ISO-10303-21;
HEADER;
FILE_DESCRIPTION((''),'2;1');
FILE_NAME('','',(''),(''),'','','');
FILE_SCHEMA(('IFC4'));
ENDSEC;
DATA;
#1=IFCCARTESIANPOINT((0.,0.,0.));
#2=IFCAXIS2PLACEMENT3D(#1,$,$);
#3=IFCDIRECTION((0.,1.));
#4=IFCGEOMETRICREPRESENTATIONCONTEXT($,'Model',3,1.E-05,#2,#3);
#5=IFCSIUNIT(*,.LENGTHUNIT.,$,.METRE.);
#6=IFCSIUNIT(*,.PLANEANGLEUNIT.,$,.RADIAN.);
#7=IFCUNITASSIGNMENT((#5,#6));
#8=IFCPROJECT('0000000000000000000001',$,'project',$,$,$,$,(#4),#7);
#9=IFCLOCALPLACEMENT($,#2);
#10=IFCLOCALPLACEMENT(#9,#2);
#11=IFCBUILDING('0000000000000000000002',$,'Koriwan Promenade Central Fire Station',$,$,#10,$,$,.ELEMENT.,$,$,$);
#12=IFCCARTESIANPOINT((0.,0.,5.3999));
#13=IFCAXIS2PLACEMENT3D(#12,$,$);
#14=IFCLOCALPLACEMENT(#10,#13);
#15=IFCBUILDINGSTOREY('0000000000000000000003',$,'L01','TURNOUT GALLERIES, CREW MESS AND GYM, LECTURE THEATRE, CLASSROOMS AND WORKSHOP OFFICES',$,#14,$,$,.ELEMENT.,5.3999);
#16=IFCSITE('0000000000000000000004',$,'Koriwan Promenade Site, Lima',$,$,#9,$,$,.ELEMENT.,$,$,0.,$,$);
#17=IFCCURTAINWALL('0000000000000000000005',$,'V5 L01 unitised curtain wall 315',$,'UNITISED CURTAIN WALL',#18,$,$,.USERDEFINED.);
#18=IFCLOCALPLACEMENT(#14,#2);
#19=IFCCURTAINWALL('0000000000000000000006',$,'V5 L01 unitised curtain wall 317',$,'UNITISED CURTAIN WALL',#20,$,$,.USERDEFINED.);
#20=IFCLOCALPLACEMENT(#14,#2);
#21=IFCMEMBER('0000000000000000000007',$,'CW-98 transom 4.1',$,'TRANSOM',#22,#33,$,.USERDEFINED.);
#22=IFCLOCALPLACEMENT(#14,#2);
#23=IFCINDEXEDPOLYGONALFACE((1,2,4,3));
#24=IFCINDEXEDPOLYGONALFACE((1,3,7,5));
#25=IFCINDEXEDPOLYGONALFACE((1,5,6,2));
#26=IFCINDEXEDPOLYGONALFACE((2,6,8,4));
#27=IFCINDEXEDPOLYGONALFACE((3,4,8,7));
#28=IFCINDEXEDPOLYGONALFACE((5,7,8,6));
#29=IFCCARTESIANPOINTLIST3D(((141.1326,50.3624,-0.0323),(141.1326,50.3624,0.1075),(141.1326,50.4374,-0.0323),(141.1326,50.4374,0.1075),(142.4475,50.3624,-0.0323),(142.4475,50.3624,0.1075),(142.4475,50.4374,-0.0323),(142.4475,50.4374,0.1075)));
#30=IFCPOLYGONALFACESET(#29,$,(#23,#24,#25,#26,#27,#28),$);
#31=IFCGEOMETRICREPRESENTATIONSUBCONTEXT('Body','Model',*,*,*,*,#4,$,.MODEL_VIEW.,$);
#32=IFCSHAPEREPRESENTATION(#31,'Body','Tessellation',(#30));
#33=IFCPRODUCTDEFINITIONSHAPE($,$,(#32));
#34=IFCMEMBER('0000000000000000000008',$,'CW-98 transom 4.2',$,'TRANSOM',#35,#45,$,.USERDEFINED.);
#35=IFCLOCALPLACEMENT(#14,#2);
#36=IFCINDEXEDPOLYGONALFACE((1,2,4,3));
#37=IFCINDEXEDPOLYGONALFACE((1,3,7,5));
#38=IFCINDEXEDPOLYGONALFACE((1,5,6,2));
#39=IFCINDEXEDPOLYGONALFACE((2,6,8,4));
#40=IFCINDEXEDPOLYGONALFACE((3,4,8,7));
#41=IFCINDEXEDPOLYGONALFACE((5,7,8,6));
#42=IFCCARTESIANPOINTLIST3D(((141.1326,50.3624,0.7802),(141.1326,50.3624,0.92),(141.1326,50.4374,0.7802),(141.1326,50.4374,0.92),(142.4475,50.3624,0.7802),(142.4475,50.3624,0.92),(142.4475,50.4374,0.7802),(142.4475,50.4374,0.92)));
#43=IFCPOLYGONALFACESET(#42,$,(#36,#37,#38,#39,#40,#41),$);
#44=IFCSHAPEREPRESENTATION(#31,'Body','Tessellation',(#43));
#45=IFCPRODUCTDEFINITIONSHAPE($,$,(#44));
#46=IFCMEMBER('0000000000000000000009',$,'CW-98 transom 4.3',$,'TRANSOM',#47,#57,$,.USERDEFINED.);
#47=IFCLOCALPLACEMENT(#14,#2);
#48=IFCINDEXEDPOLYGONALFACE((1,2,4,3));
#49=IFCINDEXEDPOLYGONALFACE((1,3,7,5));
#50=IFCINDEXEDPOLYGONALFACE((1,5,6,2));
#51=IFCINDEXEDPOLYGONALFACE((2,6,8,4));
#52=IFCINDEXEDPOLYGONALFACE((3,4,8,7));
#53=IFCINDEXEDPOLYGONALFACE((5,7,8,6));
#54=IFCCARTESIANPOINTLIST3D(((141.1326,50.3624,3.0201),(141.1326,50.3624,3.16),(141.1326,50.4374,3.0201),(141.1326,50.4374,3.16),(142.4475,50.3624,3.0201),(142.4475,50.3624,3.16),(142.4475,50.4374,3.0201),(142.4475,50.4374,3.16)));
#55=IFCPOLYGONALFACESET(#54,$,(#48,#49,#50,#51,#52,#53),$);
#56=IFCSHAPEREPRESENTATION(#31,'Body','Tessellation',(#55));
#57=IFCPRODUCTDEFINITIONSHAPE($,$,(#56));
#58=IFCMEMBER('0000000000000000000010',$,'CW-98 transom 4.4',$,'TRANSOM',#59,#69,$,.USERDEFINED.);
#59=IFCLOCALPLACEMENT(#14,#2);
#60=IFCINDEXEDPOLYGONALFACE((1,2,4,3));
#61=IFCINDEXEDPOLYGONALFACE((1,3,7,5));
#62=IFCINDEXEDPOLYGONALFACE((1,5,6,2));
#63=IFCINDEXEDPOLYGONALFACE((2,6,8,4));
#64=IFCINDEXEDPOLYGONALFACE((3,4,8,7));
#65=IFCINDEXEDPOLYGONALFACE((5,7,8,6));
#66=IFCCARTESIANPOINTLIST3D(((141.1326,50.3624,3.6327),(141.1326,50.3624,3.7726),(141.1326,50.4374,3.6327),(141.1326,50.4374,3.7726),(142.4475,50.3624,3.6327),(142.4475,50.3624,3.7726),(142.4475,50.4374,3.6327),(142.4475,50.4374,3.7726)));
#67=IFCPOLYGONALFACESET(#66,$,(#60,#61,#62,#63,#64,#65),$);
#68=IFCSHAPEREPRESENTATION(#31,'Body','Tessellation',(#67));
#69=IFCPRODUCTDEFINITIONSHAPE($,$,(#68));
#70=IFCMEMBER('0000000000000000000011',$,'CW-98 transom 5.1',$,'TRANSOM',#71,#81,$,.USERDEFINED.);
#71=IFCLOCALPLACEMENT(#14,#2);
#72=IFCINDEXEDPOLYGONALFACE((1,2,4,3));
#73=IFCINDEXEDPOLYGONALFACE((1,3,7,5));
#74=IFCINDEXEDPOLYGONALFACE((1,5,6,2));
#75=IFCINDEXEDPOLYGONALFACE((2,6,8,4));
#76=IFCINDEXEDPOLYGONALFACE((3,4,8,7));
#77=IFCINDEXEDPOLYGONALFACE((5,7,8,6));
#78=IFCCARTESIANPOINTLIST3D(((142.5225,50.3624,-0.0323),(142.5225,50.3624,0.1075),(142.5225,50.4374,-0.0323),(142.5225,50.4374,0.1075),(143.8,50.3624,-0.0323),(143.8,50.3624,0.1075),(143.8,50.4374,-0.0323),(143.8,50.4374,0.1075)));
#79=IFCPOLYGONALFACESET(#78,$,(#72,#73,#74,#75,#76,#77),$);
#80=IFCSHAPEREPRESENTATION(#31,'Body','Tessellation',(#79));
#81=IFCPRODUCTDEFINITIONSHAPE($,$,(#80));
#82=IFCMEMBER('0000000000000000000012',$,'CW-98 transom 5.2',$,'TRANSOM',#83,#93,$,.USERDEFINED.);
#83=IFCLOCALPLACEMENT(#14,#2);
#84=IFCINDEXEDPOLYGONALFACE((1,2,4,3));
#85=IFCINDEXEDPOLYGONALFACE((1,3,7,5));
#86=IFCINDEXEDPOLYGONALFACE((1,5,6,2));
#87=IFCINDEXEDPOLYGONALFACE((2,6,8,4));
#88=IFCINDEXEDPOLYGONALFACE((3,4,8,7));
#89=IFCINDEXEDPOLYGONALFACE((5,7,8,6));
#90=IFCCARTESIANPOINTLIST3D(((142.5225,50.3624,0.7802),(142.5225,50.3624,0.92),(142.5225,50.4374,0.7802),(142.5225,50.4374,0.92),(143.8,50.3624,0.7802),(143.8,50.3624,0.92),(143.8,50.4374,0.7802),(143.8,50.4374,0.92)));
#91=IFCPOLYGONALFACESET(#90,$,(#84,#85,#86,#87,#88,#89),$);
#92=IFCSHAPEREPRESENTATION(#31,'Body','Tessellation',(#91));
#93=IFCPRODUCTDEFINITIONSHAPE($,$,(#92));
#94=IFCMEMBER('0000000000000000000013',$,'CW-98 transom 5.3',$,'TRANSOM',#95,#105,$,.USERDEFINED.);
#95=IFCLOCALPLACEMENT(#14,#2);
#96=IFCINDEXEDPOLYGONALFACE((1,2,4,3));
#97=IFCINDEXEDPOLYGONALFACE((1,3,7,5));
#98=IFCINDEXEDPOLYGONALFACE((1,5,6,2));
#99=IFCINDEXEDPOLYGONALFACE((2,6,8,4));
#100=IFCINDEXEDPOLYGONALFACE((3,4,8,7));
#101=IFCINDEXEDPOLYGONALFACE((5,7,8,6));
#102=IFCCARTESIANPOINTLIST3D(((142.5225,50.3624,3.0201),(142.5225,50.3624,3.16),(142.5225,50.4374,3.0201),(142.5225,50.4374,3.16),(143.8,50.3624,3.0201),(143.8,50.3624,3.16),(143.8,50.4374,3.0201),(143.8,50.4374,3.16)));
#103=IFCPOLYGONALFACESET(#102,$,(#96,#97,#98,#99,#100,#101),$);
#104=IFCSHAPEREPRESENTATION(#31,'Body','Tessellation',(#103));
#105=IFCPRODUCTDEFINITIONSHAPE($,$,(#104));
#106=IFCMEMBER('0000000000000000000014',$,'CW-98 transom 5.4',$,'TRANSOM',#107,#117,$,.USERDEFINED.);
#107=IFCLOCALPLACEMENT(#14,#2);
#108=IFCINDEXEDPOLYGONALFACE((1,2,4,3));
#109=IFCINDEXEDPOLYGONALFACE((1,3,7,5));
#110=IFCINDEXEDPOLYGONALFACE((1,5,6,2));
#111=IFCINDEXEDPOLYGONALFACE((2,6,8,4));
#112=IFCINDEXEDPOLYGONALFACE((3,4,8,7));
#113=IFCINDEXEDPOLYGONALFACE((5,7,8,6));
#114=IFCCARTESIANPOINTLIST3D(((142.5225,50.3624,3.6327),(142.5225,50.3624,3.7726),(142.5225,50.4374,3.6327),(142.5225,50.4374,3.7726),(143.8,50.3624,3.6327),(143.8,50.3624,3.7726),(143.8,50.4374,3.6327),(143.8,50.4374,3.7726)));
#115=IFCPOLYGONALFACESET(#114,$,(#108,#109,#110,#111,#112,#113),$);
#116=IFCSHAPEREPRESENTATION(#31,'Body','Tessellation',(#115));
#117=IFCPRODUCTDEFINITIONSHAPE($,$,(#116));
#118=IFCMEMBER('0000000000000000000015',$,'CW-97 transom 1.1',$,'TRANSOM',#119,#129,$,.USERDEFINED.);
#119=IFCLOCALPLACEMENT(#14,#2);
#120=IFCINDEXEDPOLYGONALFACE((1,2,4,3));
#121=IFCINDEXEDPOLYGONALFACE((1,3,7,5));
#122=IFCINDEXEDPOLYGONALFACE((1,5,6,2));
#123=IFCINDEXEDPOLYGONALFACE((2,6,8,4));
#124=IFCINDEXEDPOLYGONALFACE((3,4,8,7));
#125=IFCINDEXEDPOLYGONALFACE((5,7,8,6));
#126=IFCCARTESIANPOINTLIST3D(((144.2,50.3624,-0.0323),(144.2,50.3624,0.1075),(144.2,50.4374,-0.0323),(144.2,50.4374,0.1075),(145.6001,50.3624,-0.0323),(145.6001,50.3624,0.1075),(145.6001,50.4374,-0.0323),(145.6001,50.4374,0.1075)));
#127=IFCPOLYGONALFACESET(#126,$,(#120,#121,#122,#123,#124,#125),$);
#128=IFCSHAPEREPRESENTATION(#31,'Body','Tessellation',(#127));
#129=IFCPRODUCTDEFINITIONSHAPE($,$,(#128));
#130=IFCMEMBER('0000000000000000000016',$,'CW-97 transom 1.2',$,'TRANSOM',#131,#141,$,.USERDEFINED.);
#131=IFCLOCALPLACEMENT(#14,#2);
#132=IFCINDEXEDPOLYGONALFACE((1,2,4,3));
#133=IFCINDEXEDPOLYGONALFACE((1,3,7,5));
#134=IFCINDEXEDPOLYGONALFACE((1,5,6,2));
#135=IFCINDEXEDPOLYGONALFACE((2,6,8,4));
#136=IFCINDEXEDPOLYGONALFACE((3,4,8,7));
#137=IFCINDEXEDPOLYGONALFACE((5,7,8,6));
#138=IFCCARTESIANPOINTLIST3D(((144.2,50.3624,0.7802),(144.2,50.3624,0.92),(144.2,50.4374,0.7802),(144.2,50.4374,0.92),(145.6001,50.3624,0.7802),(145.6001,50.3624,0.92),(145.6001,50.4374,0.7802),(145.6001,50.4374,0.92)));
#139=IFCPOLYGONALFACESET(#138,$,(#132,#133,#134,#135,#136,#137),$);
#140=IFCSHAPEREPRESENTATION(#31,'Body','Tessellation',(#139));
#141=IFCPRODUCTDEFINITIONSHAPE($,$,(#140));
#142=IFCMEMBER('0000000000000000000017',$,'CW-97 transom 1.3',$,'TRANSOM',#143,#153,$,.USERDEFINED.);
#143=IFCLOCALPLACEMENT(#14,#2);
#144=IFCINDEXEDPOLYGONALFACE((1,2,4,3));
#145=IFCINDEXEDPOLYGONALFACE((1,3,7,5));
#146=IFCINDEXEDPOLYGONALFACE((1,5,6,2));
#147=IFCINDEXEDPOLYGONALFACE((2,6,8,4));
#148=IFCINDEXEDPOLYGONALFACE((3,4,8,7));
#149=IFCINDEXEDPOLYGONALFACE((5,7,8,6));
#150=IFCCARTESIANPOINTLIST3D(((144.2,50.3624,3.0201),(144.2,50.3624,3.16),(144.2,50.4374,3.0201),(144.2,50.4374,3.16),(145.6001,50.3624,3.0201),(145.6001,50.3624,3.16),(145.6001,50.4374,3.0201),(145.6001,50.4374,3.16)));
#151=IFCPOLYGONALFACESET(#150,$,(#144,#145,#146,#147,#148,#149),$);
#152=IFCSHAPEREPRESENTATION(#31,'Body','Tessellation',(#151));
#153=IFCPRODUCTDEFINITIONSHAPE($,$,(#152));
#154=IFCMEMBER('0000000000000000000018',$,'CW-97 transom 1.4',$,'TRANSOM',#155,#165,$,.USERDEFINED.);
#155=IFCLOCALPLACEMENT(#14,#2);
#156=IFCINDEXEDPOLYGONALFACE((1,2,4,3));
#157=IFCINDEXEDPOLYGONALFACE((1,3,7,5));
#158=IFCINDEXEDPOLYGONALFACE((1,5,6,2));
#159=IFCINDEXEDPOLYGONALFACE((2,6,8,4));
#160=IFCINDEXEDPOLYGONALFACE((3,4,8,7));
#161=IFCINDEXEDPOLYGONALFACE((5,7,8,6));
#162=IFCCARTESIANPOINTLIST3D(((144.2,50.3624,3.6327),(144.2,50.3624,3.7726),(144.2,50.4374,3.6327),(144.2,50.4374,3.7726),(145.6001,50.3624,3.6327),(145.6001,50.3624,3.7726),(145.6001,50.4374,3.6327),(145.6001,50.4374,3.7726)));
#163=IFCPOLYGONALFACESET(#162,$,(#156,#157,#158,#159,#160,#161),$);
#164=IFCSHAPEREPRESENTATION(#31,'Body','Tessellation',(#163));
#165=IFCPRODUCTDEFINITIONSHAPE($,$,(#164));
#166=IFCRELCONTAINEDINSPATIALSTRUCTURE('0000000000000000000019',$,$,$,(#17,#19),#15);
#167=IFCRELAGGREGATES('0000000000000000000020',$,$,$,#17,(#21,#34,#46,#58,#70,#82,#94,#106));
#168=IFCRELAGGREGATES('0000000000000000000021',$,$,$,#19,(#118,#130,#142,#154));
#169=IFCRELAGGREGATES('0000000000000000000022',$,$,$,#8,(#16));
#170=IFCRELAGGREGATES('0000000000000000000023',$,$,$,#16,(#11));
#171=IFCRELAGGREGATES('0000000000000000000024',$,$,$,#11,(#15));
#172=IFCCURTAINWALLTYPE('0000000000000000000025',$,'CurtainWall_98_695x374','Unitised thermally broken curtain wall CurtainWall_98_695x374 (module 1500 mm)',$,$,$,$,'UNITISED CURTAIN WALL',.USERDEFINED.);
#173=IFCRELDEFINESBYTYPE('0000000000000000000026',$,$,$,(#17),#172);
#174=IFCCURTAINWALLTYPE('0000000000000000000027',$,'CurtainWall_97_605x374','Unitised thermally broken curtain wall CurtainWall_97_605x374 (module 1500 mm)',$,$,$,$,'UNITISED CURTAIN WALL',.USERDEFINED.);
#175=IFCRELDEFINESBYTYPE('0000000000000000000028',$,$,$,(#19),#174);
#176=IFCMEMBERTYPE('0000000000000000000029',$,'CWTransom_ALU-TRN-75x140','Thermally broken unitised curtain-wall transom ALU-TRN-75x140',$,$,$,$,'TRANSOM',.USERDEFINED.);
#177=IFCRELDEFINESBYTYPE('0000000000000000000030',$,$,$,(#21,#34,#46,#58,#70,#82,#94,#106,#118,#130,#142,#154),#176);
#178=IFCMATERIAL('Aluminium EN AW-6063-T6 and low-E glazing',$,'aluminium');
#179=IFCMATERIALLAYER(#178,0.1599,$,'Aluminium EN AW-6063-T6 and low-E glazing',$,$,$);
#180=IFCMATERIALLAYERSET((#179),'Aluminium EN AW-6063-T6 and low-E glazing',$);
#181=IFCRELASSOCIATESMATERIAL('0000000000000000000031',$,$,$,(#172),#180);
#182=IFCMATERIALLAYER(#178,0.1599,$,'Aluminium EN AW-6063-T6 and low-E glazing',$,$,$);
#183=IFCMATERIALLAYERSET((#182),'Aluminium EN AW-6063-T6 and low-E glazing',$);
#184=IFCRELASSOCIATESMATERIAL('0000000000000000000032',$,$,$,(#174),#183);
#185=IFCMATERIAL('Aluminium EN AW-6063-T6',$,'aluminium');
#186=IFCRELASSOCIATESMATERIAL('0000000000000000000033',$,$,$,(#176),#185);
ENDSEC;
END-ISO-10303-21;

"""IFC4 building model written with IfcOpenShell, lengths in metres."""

from ifc_helpers import new_model, si_unit, direction, frame, origin, origin_2d, place, context, subcontext, project, spatial, rectangle, extrude, material, layer, layer_set, material_profile, profile_set, type_object, element, aggregate, save


model = new_model("IFC4")

# Units and contexts
model_context = context("Model", 3, precision=1e-05, world=origin(), true_north=direction((0.0, 1.0)))
body_context = subcontext(model_context, "Body", "Model", "MODEL_VIEW")
ifc_project = project(units=[si_unit("LENGTHUNIT", "METRE"), si_unit("PLANEANGLEUNIT", "RADIAN")], contexts=[model_context])

# Site, building, storey
site_placement = place(None, origin())
site = spatial("IfcSite", under=ifc_project, at=site_placement, Name="Koriwan Promenade Site, Lima", CompositionType="ELEMENT", RefElevation=0.0)
building_placement = place(site_placement, origin())
building = spatial("IfcBuilding", under=site, at=building_placement, Name="Koriwan Promenade Central Fire Station", CompositionType="ELEMENT")
storey_placement = place(building_placement, frame((0.0, 0.0, 5.3999)))
storey = spatial("IfcBuildingStorey", under=building, at=storey_placement, Name="L01", Description="TURNOUT GALLERIES, CREW MESS AND GYM, LECTURE THEATRE, CLASSROOMS AND WORKSHOP OFFICES", CompositionType="ELEMENT", Elevation=5.3999)

# Curtain wall
ifc_material_1 = material(Name="Aluminium EN AW-6063-T6 and low-E glazing", Category="aluminium")
ifc_layer_1 = layer(ifc_material_1, 0.1599, Name="Aluminium EN AW-6063-T6 and low-E glazing")
ifc_layer_set_1 = layer_set([ifc_layer_1], Name="Aluminium EN AW-6063-T6 and low-E glazing")
curtain_wall_type_1 = type_object("IfcCurtainWallType", Name="CurtainWall_98_695x374", Description="Unitised thermally broken curtain wall CurtainWall_98_695x374 (module 1500 mm)", ElementType="UNITISED CURTAIN WALL", PredefinedType="USERDEFINED", material=ifc_layer_set_1)
curtain_wall_1_placement = place(storey_placement, origin())
curtain_wall_1 = element("IfcCurtainWall", 1, at=curtain_wall_1_placement, inside=storey, type_object=curtain_wall_type_1, Name="V5 L01 unitised curtain wall 315", ObjectType="UNITISED CURTAIN WALL", PredefinedType="USERDEFINED")
ifc_material_2 = material(Name="Aluminium EN AW-6063-T6", Category="aluminium")

# Curtain wall
ifc_layer_2 = layer(ifc_material_1, 0.1599, Name="Aluminium EN AW-6063-T6 and low-E glazing")
ifc_layer_set_2 = layer_set([ifc_layer_2], Name="Aluminium EN AW-6063-T6 and low-E glazing")
curtain_wall_type_2 = type_object("IfcCurtainWallType", Name="CurtainWall_97_605x374", Description="Unitised thermally broken curtain wall CurtainWall_97_605x374 (module 1500 mm)", ElementType="UNITISED CURTAIN WALL", PredefinedType="USERDEFINED", material=ifc_layer_set_2)
curtain_wall_2_placement = place(storey_placement, origin())
curtain_wall_2 = element("IfcCurtainWall", 2, at=curtain_wall_2_placement, inside=storey, type_object=curtain_wall_type_2, Name="V5 L01 unitised curtain wall 317", ObjectType="UNITISED CURTAIN WALL", PredefinedType="USERDEFINED")

# Members
ifc_material_profile_1 = material_profile(ifc_material_2, rectangle(XDim=0.075, YDim=0.1399, at=origin_2d()), Name="ALU-TRN-75x140")
ifc_profile_set_1 = profile_set([ifc_material_profile_1], Name="Aluminium EN AW-6063-T6")
member_type_1 = type_object("IfcMemberType", Name="CWTransom_ALU-TRN-75x140", Description="Thermally broken unitised curtain-wall transom ALU-TRN-75x140", ElementType="TRANSOM", PredefinedType="USERDEFINED", material=ifc_profile_set_1)
member_1_placement = place(storey_placement, frame((141.1326, 50.3999, 0.0376), z_axis=(1.0, 0.0, 0.0), x_axis=(0.0, 1.0, 0.0)))
member_1 = element("IfcMember", 3, at=member_1_placement, type_object=member_type_1, Name="CW-98 transom 4.1", ObjectType="TRANSOM", PredefinedType="USERDEFINED", context=body_context, shape_type="SweptSolid", body=[
    extrude(rectangle(XDim=0.075, YDim=0.1399, at=origin_2d()), origin(), (0.0, 0.0, 1.0), 1.3149),
])
member_2_placement = place(storey_placement, frame((141.1326, 50.3999, 0.8501), z_axis=(1.0, 0.0, 0.0), x_axis=(0.0, 1.0, 0.0)))
member_2 = element("IfcMember", 4, at=member_2_placement, type_object=member_type_1, Name="CW-98 transom 4.2", ObjectType="TRANSOM", PredefinedType="USERDEFINED", context=body_context, shape_type="SweptSolid", body=[
    extrude(rectangle(XDim=0.075, YDim=0.1399, at=origin_2d()), origin(), (0.0, 0.0, 1.0), 1.3149),
])
member_3_placement = place(storey_placement, frame((141.1326, 50.3999, 3.0901), z_axis=(1.0, 0.0, 0.0), x_axis=(0.0, 1.0, 0.0)))
member_3 = element("IfcMember", 5, at=member_3_placement, type_object=member_type_1, Name="CW-98 transom 4.3", ObjectType="TRANSOM", PredefinedType="USERDEFINED", context=body_context, shape_type="SweptSolid", body=[
    extrude(rectangle(XDim=0.075, YDim=0.1399, at=origin_2d()), origin(), (0.0, 0.0, 1.0), 1.3149),
])
member_4_placement = place(storey_placement, frame((141.1326, 50.3999, 3.7026), z_axis=(1.0, 0.0, 0.0), x_axis=(0.0, 1.0, 0.0)))
member_4 = element("IfcMember", 6, at=member_4_placement, type_object=member_type_1, Name="CW-98 transom 4.4", ObjectType="TRANSOM", PredefinedType="USERDEFINED", context=body_context, shape_type="SweptSolid", body=[
    extrude(rectangle(XDim=0.075, YDim=0.1399, at=origin_2d()), origin(), (0.0, 0.0, 1.0), 1.3149),
])
member_5_placement = place(storey_placement, frame((142.5225, 50.3999, 0.0376), z_axis=(1.0, 0.0, 0.0), x_axis=(0.0, 1.0, 0.0)))
member_5 = element("IfcMember", 7, at=member_5_placement, type_object=member_type_1, Name="CW-98 transom 5.1", ObjectType="TRANSOM", PredefinedType="USERDEFINED", context=body_context, shape_type="SweptSolid", body=[
    extrude(rectangle(XDim=0.075, YDim=0.1399, at=origin_2d()), origin(), (0.0, 0.0, 1.0), 1.2776),
])
member_6_placement = place(storey_placement, frame((142.5225, 50.3999, 0.8501), z_axis=(1.0, 0.0, 0.0), x_axis=(0.0, 1.0, 0.0)))
member_6 = element("IfcMember", 8, at=member_6_placement, type_object=member_type_1, Name="CW-98 transom 5.2", ObjectType="TRANSOM", PredefinedType="USERDEFINED", context=body_context, shape_type="SweptSolid", body=[
    extrude(rectangle(XDim=0.075, YDim=0.1399, at=origin_2d()), origin(), (0.0, 0.0, 1.0), 1.2776),
])
member_7_placement = place(storey_placement, frame((142.5225, 50.3999, 3.0901), z_axis=(1.0, 0.0, 0.0), x_axis=(0.0, 1.0, 0.0)))
member_7 = element("IfcMember", 9, at=member_7_placement, type_object=member_type_1, Name="CW-98 transom 5.3", ObjectType="TRANSOM", PredefinedType="USERDEFINED", context=body_context, shape_type="SweptSolid", body=[
    extrude(rectangle(XDim=0.075, YDim=0.1399, at=origin_2d()), origin(), (0.0, 0.0, 1.0), 1.2776),
])
member_8_placement = place(storey_placement, frame((142.5225, 50.3999, 3.7026), z_axis=(1.0, 0.0, 0.0), x_axis=(0.0, 1.0, 0.0)))
member_8 = element("IfcMember", 10, at=member_8_placement, type_object=member_type_1, Name="CW-98 transom 5.4", ObjectType="TRANSOM", PredefinedType="USERDEFINED", context=body_context, shape_type="SweptSolid", body=[
    extrude(rectangle(XDim=0.075, YDim=0.1399, at=origin_2d()), origin(), (0.0, 0.0, 1.0), 1.2776),
])
member_9_placement = place(storey_placement, frame((144.2, 50.3999, 0.0376), z_axis=(1.0, 0.0, 0.0), x_axis=(0.0, 1.0, 0.0)))
member_9 = element("IfcMember", 11, at=member_9_placement, type_object=member_type_1, Name="CW-97 transom 1.1", ObjectType="TRANSOM", PredefinedType="USERDEFINED", context=body_context, shape_type="SweptSolid", body=[
    extrude(rectangle(XDim=0.075, YDim=0.1399, at=origin_2d()), origin(), (0.0, 0.0, 1.0), 1.4001),
])
member_10_placement = place(storey_placement, frame((144.2, 50.3999, 0.8501), z_axis=(1.0, 0.0, 0.0), x_axis=(0.0, 1.0, 0.0)))
member_10 = element("IfcMember", 12, at=member_10_placement, type_object=member_type_1, Name="CW-97 transom 1.2", ObjectType="TRANSOM", PredefinedType="USERDEFINED", context=body_context, shape_type="SweptSolid", body=[
    extrude(rectangle(XDim=0.075, YDim=0.1399, at=origin_2d()), origin(), (0.0, 0.0, 1.0), 1.4001),
])
member_11_placement = place(storey_placement, frame((144.2, 50.3999, 3.0901), z_axis=(1.0, 0.0, 0.0), x_axis=(0.0, 1.0, 0.0)))
member_11 = element("IfcMember", 13, at=member_11_placement, type_object=member_type_1, Name="CW-97 transom 1.3", ObjectType="TRANSOM", PredefinedType="USERDEFINED", context=body_context, shape_type="SweptSolid", body=[
    extrude(rectangle(XDim=0.075, YDim=0.1399, at=origin_2d()), origin(), (0.0, 0.0, 1.0), 1.4001),
])
member_12_placement = place(storey_placement, frame((144.2, 50.3999, 3.7026), z_axis=(1.0, 0.0, 0.0), x_axis=(0.0, 1.0, 0.0)))
member_12 = element("IfcMember", 14, at=member_12_placement, type_object=member_type_1, Name="CW-97 transom 1.4", ObjectType="TRANSOM", PredefinedType="USERDEFINED", context=body_context, shape_type="SweptSolid", body=[
    extrude(rectangle(XDim=0.075, YDim=0.1399, at=origin_2d()), origin(), (0.0, 0.0, 1.0), 1.4001),
])

aggregate(curtain_wall_1, [member_1, member_2, member_3, member_4, member_5, member_6, member_7, member_8])
aggregate(curtain_wall_2, [member_9, member_10, member_11, member_12])

save(model, "model.ifc")
